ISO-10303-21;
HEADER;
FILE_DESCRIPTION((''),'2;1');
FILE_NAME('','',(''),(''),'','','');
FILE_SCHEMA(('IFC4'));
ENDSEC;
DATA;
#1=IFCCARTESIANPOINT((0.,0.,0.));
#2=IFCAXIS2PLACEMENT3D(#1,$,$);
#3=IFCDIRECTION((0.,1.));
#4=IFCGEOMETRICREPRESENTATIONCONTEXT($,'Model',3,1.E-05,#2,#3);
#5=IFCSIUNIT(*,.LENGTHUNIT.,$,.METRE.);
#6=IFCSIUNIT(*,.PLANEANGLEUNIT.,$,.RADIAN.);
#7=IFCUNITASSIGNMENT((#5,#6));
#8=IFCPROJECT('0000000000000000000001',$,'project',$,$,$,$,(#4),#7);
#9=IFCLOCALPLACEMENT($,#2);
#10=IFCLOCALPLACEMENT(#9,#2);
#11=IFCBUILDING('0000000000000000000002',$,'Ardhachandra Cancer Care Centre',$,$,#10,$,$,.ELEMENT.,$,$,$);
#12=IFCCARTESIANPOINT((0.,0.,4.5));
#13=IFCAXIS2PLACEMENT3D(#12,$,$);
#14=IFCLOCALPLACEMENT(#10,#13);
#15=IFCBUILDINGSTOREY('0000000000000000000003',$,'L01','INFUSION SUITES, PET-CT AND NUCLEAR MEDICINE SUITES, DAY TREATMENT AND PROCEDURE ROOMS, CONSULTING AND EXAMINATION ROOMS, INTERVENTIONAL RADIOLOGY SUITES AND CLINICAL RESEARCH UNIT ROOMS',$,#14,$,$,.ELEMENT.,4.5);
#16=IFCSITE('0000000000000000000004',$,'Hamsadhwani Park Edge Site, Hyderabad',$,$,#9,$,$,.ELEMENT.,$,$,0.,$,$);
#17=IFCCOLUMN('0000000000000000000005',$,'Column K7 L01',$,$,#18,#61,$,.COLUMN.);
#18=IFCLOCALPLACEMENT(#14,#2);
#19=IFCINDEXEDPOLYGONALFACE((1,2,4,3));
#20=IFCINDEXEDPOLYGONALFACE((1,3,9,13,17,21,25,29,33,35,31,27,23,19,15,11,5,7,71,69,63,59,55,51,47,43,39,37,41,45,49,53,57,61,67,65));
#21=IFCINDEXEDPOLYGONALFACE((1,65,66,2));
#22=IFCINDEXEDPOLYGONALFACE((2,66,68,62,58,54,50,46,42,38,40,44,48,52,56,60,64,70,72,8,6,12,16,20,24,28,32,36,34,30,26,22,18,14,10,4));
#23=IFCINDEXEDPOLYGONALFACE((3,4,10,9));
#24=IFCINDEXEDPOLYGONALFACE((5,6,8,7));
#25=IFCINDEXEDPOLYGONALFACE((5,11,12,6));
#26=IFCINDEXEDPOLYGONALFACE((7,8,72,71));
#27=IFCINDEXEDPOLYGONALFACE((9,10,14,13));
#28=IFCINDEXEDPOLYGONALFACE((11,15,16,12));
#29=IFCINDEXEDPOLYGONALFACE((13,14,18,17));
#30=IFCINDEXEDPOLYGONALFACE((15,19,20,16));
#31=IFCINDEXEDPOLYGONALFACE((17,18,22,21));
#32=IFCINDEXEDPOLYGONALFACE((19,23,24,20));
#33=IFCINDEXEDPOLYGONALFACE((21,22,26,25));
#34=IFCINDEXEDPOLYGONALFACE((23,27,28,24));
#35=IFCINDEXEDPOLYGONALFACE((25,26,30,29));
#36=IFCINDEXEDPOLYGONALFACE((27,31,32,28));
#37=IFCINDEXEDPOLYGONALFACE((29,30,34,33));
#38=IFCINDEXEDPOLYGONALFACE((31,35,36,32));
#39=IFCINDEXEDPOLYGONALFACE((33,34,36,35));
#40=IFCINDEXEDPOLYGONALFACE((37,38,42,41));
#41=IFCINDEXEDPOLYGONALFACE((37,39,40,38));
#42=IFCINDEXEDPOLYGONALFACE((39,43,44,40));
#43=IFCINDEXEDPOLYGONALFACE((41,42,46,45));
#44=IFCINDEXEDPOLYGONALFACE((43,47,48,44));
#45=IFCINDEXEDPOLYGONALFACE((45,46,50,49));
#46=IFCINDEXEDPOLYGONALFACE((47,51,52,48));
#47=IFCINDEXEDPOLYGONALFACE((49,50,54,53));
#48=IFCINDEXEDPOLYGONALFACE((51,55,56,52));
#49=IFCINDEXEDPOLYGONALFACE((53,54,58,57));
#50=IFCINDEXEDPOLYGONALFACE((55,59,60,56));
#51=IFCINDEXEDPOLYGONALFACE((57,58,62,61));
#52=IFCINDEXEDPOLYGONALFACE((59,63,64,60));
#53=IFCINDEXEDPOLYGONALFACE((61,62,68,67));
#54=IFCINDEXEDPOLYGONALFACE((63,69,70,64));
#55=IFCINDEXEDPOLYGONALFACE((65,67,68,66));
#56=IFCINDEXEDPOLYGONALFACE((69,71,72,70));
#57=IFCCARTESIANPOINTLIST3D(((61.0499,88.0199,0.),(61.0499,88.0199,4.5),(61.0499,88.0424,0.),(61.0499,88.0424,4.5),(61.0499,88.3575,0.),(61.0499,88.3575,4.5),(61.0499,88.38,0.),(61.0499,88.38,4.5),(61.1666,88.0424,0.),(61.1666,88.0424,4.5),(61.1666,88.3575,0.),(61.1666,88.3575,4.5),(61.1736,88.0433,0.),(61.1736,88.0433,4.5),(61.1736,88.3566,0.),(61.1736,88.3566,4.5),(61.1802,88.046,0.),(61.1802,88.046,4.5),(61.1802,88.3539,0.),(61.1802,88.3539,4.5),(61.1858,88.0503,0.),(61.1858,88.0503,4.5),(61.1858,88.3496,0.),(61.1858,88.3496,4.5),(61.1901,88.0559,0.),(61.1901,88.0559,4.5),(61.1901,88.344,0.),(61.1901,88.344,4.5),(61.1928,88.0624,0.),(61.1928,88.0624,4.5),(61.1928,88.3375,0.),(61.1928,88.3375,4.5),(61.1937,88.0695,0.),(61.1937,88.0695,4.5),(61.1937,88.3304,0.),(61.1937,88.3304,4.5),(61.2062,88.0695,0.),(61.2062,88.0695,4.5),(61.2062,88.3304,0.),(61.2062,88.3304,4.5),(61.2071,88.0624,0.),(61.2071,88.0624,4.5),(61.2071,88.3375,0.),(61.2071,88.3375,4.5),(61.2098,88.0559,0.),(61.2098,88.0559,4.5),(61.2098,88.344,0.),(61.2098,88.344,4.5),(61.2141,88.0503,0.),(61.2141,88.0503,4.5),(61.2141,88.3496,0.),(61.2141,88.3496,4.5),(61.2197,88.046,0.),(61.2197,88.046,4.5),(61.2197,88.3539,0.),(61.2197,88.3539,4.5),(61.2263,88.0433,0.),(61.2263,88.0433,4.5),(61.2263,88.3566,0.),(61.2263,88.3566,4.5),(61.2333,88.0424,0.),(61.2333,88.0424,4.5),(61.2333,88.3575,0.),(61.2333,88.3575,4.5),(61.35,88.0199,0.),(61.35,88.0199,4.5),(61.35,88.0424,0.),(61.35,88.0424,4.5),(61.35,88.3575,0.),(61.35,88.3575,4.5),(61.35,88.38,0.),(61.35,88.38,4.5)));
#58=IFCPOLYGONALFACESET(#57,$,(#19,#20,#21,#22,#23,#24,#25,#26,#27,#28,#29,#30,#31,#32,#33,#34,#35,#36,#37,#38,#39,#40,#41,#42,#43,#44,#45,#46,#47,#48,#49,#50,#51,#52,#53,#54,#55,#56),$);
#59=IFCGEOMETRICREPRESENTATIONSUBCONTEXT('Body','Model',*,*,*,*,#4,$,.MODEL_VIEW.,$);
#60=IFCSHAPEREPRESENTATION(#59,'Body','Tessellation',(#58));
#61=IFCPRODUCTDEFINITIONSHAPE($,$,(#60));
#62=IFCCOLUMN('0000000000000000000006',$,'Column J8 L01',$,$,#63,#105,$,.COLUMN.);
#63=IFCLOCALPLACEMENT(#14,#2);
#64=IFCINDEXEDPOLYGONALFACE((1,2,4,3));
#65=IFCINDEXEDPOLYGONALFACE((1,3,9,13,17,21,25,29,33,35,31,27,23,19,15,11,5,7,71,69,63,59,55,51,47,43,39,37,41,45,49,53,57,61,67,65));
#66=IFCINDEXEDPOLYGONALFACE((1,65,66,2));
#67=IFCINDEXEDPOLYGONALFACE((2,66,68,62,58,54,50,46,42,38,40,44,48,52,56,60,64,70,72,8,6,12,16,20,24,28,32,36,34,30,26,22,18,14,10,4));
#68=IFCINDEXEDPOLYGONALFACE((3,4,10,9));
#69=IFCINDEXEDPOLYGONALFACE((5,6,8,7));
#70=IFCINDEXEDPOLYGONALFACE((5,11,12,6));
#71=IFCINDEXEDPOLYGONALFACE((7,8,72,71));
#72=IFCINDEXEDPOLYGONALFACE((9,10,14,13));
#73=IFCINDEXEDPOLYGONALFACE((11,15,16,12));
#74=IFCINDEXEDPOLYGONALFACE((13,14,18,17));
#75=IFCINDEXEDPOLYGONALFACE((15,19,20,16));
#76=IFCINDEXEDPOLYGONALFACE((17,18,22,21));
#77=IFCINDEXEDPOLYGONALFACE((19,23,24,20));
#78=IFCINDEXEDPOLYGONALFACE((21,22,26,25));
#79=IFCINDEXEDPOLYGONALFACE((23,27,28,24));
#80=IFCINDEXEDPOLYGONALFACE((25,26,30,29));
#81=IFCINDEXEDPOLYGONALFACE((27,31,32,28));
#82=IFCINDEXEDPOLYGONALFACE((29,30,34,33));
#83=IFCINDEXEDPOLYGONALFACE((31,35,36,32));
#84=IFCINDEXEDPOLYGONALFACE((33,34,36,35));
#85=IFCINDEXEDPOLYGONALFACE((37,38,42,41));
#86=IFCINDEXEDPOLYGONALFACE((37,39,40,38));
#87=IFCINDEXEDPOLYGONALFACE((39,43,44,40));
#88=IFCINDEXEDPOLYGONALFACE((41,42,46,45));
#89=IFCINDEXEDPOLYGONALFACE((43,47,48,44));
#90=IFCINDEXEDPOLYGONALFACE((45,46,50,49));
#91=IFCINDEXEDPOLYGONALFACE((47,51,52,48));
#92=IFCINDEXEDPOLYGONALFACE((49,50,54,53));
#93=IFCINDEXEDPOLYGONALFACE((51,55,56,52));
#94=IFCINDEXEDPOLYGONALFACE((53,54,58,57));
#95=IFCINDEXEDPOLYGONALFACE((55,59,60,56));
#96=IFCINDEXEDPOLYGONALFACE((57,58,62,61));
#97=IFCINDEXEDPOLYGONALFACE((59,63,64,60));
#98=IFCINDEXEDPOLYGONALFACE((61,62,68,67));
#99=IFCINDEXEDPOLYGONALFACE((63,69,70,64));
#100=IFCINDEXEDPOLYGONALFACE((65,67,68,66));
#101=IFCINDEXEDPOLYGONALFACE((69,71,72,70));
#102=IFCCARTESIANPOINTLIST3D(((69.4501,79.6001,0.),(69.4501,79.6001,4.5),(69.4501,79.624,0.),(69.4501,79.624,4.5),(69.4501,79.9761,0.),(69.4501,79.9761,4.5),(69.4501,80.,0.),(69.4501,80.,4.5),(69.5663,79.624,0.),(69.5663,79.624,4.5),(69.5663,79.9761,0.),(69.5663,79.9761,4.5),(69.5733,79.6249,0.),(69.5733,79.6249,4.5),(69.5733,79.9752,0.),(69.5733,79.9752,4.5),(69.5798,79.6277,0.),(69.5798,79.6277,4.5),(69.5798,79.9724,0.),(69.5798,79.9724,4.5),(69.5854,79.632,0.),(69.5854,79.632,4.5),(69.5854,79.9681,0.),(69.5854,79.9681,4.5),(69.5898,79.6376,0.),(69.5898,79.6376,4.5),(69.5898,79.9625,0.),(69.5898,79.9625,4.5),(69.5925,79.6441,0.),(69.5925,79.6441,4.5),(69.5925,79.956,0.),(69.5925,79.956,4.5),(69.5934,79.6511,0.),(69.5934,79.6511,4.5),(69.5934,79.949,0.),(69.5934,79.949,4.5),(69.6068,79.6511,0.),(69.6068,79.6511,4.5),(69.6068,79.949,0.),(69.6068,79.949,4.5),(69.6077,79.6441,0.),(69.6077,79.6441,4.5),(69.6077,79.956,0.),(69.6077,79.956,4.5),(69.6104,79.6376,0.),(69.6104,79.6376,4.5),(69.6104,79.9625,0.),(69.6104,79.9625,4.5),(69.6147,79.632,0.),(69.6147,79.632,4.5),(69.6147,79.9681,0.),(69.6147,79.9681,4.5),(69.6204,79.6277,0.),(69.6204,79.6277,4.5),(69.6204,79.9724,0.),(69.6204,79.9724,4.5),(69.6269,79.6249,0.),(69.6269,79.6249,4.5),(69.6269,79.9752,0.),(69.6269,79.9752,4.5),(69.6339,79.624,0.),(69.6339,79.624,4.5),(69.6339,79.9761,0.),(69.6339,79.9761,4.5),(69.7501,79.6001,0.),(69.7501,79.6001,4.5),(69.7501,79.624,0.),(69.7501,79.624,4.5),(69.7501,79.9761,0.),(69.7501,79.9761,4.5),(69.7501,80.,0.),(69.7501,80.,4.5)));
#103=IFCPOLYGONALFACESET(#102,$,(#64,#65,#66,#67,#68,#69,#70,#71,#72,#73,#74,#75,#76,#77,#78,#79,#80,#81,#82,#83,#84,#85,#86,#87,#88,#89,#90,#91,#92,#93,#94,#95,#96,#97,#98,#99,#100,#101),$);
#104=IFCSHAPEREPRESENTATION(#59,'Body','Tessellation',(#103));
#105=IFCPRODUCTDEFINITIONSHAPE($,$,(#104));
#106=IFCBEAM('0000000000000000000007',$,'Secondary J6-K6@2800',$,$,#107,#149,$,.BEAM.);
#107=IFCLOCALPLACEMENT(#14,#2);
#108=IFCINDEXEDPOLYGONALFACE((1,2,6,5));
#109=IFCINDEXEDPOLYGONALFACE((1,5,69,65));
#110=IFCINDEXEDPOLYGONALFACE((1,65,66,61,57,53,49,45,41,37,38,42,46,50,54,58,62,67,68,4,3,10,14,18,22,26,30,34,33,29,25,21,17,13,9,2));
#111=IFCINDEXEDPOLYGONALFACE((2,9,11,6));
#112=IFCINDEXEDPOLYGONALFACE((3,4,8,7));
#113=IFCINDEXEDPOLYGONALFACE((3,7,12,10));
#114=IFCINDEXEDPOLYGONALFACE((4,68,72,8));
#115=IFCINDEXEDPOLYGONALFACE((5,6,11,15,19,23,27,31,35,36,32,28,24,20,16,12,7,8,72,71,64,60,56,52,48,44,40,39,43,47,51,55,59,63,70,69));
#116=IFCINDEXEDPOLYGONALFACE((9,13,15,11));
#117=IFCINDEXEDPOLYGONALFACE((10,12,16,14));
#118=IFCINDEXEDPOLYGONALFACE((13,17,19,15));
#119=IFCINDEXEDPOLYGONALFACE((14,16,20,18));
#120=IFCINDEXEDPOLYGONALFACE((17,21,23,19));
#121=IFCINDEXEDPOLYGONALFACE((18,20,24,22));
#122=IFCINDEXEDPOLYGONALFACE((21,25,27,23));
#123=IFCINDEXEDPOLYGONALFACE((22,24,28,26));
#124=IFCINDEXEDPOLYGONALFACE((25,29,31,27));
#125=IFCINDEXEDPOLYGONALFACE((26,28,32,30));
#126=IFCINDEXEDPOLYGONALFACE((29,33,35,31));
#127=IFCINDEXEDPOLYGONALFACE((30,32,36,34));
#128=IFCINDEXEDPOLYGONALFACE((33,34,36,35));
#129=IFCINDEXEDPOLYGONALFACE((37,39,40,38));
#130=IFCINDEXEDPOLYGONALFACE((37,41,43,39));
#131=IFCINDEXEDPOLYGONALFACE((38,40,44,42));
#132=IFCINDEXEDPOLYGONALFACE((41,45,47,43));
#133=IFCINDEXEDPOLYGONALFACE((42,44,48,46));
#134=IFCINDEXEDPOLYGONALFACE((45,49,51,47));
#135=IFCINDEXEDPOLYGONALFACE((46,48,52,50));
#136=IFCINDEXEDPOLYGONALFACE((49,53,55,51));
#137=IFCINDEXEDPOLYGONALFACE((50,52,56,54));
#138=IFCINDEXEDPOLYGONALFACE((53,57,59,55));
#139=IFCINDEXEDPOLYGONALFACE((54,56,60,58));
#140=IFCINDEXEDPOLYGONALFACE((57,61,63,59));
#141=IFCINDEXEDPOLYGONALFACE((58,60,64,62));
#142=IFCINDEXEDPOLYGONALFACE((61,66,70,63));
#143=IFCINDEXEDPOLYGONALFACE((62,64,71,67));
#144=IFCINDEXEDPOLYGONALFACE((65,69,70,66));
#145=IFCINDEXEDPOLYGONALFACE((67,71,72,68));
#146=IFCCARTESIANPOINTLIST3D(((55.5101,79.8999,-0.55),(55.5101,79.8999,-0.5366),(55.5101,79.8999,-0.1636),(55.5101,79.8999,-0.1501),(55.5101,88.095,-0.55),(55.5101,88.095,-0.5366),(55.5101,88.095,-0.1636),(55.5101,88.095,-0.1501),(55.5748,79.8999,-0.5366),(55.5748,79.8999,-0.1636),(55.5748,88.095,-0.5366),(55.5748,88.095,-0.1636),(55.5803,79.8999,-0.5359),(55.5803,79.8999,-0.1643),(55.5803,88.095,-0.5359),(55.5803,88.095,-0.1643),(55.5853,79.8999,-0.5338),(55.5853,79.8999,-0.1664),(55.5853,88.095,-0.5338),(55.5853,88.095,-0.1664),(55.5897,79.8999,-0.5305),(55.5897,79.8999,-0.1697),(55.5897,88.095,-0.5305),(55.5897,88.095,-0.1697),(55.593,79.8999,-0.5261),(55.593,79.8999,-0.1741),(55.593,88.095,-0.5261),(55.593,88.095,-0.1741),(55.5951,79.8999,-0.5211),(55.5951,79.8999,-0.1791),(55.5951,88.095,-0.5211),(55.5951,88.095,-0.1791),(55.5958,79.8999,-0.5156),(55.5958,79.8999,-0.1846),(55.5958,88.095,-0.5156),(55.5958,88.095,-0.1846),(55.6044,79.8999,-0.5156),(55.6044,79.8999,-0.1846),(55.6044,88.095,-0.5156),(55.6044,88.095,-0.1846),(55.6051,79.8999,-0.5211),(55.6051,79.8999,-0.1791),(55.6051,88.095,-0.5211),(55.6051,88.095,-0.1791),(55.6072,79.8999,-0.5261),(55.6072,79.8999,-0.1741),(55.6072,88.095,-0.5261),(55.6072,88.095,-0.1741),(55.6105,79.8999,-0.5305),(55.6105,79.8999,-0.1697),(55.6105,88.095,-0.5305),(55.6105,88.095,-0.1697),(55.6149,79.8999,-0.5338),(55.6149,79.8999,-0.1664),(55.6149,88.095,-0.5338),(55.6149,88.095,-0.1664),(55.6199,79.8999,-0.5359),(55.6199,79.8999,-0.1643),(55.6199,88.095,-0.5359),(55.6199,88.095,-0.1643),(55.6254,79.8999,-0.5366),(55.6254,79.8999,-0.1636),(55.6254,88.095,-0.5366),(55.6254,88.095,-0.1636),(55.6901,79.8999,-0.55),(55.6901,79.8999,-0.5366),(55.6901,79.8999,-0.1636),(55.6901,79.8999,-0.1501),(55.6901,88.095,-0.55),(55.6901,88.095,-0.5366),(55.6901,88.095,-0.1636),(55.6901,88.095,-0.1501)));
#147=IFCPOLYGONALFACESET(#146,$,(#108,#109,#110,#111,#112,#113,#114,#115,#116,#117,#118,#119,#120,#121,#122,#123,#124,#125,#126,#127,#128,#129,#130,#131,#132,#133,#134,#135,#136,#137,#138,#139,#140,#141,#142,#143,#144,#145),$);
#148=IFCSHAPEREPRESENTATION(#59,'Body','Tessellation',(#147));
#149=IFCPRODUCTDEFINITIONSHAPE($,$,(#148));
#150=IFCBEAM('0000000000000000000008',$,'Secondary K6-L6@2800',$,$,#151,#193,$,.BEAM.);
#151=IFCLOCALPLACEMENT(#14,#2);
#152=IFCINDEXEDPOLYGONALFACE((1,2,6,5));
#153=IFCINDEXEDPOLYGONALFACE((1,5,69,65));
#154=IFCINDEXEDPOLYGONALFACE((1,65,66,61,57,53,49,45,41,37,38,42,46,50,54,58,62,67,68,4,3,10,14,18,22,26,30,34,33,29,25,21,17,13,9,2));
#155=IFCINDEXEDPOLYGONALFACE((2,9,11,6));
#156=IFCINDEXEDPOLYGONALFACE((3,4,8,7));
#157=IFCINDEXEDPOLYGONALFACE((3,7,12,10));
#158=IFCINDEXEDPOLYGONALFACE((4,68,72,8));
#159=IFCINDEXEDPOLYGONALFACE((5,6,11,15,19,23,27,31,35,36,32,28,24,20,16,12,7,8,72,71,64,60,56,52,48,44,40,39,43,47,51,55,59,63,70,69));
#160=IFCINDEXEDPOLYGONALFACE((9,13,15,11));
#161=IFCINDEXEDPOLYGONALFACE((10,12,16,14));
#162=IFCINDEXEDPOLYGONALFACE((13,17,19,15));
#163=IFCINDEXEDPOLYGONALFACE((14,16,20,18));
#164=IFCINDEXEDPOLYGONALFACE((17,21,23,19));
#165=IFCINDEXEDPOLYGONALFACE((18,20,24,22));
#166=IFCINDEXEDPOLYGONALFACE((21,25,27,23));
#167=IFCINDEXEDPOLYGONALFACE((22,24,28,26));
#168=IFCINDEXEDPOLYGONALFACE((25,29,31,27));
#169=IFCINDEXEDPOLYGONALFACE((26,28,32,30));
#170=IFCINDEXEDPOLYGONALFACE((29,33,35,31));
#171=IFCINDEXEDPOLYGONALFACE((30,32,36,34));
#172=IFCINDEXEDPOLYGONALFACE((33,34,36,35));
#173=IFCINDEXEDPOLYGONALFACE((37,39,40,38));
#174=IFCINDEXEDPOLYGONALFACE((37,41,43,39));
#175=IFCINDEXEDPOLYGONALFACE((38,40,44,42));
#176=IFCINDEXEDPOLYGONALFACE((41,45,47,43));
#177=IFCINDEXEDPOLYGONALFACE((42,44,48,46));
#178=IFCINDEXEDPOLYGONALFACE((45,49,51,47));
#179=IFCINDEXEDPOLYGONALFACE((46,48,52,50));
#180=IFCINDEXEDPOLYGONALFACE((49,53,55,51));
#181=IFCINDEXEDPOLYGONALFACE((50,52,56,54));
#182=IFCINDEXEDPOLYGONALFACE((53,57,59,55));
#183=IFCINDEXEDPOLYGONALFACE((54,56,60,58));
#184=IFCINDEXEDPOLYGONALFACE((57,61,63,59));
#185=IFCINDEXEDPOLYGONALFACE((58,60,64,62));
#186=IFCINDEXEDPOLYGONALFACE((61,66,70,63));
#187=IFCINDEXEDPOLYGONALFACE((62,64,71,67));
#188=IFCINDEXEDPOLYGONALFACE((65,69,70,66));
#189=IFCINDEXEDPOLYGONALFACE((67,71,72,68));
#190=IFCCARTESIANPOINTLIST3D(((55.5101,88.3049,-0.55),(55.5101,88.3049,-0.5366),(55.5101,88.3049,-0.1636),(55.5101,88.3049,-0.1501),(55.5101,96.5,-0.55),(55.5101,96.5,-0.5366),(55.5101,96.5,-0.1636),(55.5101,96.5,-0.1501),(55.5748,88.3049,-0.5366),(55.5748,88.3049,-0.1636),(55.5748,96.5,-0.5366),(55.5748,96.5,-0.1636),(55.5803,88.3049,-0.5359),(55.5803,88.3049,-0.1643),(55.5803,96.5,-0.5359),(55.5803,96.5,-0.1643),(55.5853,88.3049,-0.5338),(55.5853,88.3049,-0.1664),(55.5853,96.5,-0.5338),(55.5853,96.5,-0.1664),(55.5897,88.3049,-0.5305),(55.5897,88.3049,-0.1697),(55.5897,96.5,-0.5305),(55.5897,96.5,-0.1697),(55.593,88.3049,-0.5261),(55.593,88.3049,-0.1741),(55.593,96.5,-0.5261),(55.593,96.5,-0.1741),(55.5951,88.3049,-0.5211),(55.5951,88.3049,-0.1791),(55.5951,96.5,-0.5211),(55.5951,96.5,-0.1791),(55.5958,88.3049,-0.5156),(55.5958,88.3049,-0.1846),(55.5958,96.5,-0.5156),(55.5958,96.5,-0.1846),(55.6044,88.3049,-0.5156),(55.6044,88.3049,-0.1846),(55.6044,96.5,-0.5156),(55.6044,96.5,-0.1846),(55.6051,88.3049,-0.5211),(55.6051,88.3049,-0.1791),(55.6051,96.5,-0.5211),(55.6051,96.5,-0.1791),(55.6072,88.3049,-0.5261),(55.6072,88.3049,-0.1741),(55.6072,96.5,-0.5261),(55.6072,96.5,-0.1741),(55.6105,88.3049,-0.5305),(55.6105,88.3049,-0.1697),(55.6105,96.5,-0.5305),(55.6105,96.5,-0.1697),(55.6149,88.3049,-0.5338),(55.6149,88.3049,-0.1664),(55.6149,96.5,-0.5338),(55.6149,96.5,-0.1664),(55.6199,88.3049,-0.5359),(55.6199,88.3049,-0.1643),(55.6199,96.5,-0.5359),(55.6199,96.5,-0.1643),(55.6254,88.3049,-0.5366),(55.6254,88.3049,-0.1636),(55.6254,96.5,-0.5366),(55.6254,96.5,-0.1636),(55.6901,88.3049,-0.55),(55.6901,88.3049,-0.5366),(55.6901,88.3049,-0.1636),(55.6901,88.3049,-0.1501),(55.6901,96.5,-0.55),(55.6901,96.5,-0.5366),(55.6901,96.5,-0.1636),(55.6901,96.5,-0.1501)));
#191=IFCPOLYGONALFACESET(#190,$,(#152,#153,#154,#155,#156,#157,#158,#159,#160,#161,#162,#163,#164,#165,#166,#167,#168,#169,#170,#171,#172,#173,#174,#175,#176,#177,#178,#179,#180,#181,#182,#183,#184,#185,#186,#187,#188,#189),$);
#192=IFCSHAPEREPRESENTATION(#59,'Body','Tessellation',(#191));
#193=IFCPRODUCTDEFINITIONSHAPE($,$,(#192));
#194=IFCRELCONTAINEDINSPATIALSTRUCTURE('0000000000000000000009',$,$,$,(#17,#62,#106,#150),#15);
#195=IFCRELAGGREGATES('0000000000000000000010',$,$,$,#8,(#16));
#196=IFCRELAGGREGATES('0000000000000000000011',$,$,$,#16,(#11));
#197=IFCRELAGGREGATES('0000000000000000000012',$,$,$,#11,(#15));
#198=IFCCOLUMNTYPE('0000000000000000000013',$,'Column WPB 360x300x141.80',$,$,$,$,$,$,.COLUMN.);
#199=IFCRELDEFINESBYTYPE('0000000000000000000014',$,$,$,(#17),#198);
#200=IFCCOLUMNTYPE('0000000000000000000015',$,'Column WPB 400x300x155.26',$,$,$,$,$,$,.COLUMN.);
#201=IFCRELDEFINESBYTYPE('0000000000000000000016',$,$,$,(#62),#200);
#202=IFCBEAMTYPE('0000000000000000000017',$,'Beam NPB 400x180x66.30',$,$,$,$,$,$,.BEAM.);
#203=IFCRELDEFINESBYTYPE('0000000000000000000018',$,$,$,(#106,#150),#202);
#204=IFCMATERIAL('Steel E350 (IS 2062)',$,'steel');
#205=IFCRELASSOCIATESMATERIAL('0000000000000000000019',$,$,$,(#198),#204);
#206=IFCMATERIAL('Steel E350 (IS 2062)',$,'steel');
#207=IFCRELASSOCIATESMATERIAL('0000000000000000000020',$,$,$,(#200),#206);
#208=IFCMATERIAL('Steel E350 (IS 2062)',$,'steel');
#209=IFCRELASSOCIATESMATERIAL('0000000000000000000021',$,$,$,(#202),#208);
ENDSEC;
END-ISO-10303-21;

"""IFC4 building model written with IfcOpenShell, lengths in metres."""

from ifc_helpers import new_model, si_unit, direction, frame, origin, origin_2d, place, context, subcontext, project, spatial, i_section, extrude, material, material_profile, profile_set, type_object, element, save


model = new_model("IFC4")

# Units and contexts
model_context = context("Model", 3, precision=1e-05, world=origin(), true_north=direction((0.0, 1.0)))
body_context = subcontext(model_context, "Body", "Model", "MODEL_VIEW")
ifc_project = project(units=[si_unit("LENGTHUNIT", "METRE"), si_unit("PLANEANGLEUNIT", "RADIAN")], contexts=[model_context])

# Site, building, storey
site_placement = place(None, origin())
site = spatial("IfcSite", under=ifc_project, at=site_placement, Name="Hamsadhwani Park Edge Site, Hyderabad", CompositionType="ELEMENT", RefElevation=0.0)
building_placement = place(site_placement, origin())
building = spatial("IfcBuilding", under=site, at=building_placement, Name="Ardhachandra Cancer Care Centre", CompositionType="ELEMENT")
storey_placement = place(building_placement, frame((0.0, 0.0, 4.5)))
storey = spatial("IfcBuildingStorey", under=building, at=storey_placement, Name="L01", Description="INFUSION SUITES, PET-CT AND NUCLEAR MEDICINE SUITES, DAY TREATMENT AND PROCEDURE ROOMS, CONSULTING AND EXAMINATION ROOMS, INTERVENTIONAL RADIOLOGY SUITES AND CLINICAL RESEARCH UNIT ROOMS", CompositionType="ELEMENT", Elevation=4.5)

# Columns
ifc_material_1 = material(Name="Steel E350 (IS 2062)", Category="steel")
ifc_material_profile_1 = material_profile(ifc_material_1, i_section(OverallWidth=0.3, OverallDepth=0.3601, WebThickness=0.0125, FlangeThickness=0.0225, FilletRadius=0.0271, at=origin_2d()), Name="WPB 360x300x141.80")
ifc_profile_set_1 = profile_set([ifc_material_profile_1], Name="Steel E350 (IS 2062)")
column_type_1 = type_object("IfcColumnType", Name="Column WPB 360x300x141.80", PredefinedType="COLUMN", material=ifc_profile_set_1)
column_1_placement = place(storey_placement, frame((61.2, 88.2, 0.0), z_axis=(0.0, 0.0, 1.0), x_axis=(1.0, 0.0, 0.0)))
element("IfcColumn", 1, at=column_1_placement, inside=storey, type_object=column_type_1, Name="Column K7 L01", PredefinedType="COLUMN", context=body_context, shape_type="SweptSolid", body=[
    extrude(i_section(OverallWidth=0.3, OverallDepth=0.3601, WebThickness=0.0125, FlangeThickness=0.0225, FilletRadius=0.0271, at=origin_2d()), origin(), (0.0, 0.0, 1.0), 4.5),
])
ifc_material_2 = material(Name="Steel E350 (IS 2062)", Category="steel")
ifc_material_profile_2 = material_profile(ifc_material_2, i_section(OverallWidth=0.3, OverallDepth=0.3999, WebThickness=0.0134, FlangeThickness=0.0239, FilletRadius=0.0271, at=origin_2d()), Name="WPB 400x300x155.26")
ifc_profile_set_2 = profile_set([ifc_material_profile_2], Name="Steel E350 (IS 2062)")
column_type_2 = type_object("IfcColumnType", Name="Column WPB 400x300x155.26", PredefinedType="COLUMN", material=ifc_profile_set_2)
column_2_placement = place(storey_placement, frame((69.6001, 79.8, 0.0), z_axis=(0.0, 0.0, 1.0), x_axis=(1.0, 0.0, 0.0)))
element("IfcColumn", 2, at=column_2_placement, inside=storey, type_object=column_type_2, Name="Column J8 L01", PredefinedType="COLUMN", context=body_context, shape_type="SweptSolid", body=[
    extrude(i_section(OverallWidth=0.3, OverallDepth=0.3999, WebThickness=0.0134, FlangeThickness=0.0239, FilletRadius=0.0271, at=origin_2d()), origin(), (0.0, 0.0, 1.0), 4.5),
])

# Beams
ifc_material_3 = material(Name="Steel E350 (IS 2062)", Category="steel")
ifc_material_profile_3 = material_profile(ifc_material_3, i_section(OverallWidth=0.1799, OverallDepth=0.3999, WebThickness=0.0085, FlangeThickness=0.0134, FilletRadius=0.021, at=origin_2d()), Name="NPB 400x180x66.30")
ifc_profile_set_3 = profile_set([ifc_material_profile_3], Name="Steel E350 (IS 2062)")
beam_type_1 = type_object("IfcBeamType", Name="Beam NPB 400x180x66.30", PredefinedType="BEAM", material=ifc_profile_set_3)
for number, where, z_axis, x_axis, name in (
    (3, (55.6001, 79.8999, -0.3501), (0.0, 1.0, 0.0), (-1.0, 0.0, 0.0), "Secondary J6-K6@2800"),
    (4, (55.6001, 88.3049, -0.3501), (0.0, 1.0, 0.0), (-1.0, 0.0, 0.0), "Secondary K6-L6@2800"),
):
    element("IfcBeam", number, at=place(storey_placement, frame(where, z_axis=z_axis, x_axis=x_axis)), inside=storey, type_object=beam_type_1, Name=name, PredefinedType="BEAM", context=body_context, shape_type="SweptSolid", body=[
        extrude(i_section(OverallWidth=0.1799, OverallDepth=0.3999, WebThickness=0.0085, FlangeThickness=0.0134, FilletRadius=0.021, at=origin_2d()), origin(), (0.0, 0.0, 1.0), 8.1951),
    ])

save(model, "model.ifc")
